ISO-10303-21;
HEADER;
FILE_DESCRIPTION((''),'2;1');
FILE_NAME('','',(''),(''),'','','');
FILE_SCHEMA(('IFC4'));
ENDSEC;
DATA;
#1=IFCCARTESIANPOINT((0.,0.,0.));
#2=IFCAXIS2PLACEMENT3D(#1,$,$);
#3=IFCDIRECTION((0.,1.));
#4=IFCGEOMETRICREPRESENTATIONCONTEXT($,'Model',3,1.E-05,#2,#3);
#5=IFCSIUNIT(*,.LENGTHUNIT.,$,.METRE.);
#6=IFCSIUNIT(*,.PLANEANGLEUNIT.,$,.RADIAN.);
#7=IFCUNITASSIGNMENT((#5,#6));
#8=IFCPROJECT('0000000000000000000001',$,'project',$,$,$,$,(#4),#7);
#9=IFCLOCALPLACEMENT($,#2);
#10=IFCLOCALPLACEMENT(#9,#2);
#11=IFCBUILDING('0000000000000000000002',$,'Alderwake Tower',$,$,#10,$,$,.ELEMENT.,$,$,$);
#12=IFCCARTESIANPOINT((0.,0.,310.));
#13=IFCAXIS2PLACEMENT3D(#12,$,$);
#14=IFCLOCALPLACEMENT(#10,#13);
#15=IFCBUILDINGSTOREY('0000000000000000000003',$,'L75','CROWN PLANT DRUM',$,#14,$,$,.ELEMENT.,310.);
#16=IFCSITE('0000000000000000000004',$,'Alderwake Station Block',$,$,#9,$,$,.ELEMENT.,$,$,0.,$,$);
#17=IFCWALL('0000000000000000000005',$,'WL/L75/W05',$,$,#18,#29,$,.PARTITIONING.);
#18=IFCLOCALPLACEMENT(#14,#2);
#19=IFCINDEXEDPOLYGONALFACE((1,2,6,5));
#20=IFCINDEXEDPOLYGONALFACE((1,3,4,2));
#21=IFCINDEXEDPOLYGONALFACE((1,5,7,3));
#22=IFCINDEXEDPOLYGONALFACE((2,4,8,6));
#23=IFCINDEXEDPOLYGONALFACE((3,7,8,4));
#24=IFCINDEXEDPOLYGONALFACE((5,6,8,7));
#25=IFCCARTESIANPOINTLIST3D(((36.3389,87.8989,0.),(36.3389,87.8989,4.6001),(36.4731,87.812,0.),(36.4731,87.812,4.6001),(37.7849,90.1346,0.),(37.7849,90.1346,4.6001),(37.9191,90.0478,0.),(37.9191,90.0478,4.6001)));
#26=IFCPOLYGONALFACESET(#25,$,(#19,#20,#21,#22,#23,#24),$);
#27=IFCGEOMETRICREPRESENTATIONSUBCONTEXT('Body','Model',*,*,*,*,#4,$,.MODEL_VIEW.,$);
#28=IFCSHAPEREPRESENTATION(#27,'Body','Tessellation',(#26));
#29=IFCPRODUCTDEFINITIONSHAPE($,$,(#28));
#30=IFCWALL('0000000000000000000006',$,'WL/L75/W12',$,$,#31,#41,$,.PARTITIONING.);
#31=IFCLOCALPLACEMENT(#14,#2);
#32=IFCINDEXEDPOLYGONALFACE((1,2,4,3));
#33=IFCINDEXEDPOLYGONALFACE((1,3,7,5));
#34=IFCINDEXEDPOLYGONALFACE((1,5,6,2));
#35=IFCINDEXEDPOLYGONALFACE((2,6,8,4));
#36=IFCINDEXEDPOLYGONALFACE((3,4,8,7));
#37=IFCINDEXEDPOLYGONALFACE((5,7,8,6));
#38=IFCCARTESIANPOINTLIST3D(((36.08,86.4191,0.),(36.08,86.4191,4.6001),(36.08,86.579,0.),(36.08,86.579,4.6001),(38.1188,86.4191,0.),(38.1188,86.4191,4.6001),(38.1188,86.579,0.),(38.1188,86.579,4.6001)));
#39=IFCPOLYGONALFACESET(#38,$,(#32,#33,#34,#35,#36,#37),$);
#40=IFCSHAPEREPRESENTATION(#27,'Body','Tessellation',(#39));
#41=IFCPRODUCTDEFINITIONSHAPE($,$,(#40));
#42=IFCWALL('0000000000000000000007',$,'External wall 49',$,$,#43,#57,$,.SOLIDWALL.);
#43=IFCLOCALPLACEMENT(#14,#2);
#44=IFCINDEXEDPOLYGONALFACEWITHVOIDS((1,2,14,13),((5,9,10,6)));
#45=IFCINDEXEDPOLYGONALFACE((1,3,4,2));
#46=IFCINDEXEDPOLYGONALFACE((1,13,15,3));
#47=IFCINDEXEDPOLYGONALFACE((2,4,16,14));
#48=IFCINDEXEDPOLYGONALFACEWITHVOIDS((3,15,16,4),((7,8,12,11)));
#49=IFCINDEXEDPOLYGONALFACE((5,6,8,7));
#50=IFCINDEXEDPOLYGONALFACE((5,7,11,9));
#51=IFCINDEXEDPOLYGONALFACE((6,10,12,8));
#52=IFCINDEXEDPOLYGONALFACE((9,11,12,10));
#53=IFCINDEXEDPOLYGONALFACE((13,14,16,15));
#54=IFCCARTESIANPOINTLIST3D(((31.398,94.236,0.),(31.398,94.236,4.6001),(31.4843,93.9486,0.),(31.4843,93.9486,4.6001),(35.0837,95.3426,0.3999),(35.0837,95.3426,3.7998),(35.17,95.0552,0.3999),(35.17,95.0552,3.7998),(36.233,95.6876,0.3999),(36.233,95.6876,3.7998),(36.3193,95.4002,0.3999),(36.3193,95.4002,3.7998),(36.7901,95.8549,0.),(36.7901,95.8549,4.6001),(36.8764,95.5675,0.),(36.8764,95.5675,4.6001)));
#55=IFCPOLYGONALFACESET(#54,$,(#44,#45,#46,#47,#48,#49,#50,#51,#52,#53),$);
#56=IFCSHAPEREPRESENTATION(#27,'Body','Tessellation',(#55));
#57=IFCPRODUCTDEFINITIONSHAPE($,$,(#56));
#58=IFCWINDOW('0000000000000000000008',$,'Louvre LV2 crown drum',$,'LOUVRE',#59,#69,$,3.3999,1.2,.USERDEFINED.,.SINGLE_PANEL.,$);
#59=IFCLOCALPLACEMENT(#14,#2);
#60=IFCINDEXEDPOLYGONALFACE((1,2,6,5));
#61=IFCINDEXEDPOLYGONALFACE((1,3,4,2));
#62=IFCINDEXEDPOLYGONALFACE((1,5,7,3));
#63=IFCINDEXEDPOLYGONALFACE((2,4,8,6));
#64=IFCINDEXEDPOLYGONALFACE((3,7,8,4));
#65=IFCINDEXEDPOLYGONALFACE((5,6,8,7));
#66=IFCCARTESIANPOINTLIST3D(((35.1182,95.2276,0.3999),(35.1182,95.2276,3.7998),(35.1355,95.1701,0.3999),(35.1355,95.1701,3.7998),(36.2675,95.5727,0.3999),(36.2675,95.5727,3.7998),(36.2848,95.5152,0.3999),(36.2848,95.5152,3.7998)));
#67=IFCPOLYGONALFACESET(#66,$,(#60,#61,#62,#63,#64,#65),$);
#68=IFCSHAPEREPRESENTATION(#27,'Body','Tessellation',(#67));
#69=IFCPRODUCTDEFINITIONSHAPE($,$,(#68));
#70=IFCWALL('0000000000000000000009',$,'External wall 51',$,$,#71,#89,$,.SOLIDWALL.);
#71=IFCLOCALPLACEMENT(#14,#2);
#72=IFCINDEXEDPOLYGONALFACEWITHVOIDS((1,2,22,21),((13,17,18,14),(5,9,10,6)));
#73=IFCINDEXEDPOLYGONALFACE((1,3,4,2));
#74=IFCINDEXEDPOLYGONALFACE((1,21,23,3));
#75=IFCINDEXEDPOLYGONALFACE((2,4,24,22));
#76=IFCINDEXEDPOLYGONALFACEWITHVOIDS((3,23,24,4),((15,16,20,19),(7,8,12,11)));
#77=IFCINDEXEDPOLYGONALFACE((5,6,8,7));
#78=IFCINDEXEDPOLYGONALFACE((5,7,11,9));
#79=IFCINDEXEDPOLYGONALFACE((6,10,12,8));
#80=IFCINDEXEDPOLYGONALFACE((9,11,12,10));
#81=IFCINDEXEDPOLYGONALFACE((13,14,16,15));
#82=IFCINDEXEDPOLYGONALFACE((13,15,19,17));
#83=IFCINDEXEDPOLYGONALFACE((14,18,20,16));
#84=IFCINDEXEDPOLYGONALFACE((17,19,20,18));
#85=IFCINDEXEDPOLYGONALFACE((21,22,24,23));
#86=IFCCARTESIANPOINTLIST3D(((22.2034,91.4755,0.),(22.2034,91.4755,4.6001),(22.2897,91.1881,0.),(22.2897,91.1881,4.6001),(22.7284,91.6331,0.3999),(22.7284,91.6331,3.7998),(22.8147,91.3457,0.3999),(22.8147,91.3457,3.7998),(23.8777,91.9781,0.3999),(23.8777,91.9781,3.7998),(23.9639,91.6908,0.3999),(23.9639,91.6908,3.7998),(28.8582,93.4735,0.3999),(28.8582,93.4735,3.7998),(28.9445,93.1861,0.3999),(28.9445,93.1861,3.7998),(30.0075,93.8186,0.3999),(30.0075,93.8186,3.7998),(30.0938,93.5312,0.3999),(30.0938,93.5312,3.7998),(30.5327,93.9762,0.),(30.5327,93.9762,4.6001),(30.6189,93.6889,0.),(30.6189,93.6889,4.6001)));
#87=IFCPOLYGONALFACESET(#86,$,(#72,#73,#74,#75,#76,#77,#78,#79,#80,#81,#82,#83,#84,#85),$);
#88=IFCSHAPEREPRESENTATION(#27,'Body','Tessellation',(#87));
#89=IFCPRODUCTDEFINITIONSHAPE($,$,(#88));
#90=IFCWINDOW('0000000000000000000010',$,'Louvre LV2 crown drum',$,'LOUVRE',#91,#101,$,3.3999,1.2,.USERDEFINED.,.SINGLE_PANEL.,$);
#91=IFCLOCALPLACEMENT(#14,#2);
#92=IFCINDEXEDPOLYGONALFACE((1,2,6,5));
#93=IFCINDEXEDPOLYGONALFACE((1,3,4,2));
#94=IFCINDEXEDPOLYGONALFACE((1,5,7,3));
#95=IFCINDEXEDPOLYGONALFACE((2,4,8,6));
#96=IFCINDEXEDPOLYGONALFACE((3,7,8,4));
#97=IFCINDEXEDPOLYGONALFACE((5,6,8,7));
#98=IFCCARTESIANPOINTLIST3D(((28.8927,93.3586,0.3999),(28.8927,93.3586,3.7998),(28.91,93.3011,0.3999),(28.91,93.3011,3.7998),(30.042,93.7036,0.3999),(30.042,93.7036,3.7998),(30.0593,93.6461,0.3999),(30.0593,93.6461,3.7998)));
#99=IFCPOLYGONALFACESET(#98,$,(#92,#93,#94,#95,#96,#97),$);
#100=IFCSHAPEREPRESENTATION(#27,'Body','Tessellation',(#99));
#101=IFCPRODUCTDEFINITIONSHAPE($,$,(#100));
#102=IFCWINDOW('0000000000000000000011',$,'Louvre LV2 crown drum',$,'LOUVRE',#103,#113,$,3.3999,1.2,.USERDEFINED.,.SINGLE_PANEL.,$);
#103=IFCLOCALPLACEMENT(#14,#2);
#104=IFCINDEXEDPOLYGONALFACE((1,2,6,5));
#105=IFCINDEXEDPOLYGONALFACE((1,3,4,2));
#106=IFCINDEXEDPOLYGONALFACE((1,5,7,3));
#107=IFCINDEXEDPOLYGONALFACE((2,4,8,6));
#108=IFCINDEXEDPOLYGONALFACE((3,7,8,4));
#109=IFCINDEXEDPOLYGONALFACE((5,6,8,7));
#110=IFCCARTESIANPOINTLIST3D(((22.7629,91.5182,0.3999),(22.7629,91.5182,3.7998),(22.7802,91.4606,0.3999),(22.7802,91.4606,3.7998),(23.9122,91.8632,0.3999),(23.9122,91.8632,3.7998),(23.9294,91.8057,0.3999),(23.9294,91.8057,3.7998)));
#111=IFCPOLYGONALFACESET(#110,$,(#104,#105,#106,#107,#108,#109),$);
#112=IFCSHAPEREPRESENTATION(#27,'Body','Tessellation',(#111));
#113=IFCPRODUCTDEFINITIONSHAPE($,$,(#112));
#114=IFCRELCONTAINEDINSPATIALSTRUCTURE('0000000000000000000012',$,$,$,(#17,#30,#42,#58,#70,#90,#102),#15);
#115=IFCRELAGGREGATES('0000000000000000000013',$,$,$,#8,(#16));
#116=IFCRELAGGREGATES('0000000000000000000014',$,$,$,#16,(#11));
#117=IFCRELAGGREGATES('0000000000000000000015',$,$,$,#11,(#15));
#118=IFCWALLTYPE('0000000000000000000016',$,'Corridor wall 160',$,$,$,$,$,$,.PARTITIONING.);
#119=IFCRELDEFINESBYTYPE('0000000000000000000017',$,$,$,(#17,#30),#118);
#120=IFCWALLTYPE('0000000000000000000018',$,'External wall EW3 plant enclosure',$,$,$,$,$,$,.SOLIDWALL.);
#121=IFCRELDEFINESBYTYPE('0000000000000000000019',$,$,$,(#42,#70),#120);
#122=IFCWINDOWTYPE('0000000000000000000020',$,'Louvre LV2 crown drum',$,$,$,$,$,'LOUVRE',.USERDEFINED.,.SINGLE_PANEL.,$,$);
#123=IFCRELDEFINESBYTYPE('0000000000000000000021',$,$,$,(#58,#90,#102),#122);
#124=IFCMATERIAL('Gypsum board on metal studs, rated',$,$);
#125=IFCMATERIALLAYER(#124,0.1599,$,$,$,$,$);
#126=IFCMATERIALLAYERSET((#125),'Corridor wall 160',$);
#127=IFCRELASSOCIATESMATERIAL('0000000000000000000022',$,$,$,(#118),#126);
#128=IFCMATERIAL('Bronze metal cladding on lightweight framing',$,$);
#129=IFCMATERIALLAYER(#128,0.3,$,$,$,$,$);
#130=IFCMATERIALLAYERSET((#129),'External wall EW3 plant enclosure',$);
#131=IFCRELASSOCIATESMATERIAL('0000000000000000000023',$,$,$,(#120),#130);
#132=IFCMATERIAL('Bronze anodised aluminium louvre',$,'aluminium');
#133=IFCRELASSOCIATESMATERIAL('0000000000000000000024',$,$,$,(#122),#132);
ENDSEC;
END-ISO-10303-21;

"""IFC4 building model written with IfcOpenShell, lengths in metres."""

from ifc_helpers import new_model, si_unit, direction, frame, frame_2d, origin, place, context, subcontext, project, spatial, rectangle, extrude, material, layer, layer_set, type_object, element, fill, save


model = new_model("IFC4")

# Units and contexts
model_context = context("Model", 3, precision=1e-05, world=origin(), true_north=direction((0.0, 1.0)))
body_context = subcontext(model_context, "Body", "Model", "MODEL_VIEW")
ifc_project = project(units=[si_unit("LENGTHUNIT", "METRE"), si_unit("PLANEANGLEUNIT", "RADIAN")], contexts=[model_context])

# Site, building, storey
site_placement = place(None, origin())
site = spatial("IfcSite", under=ifc_project, at=site_placement, Name="Alderwake Station Block", CompositionType="ELEMENT", RefElevation=0.0)
building_placement = place(site_placement, origin())
building = spatial("IfcBuilding", under=site, at=building_placement, Name="Alderwake Tower", CompositionType="ELEMENT")
storey_placement = place(building_placement, frame((0.0, 0.0, 310.0)))
storey = spatial("IfcBuildingStorey", under=building, at=storey_placement, Name="L75", Description="CROWN PLANT DRUM", CompositionType="ELEMENT", Elevation=310.0)

# Shared definitions
ifc_material_1 = material(Name="Gypsum board on metal studs, rated")
ifc_layer_1 = layer(ifc_material_1, 0.1599)
ifc_layer_set_1 = layer_set([ifc_layer_1], Name="Corridor wall 160")
wall_type_1 = type_object("IfcWallType", Name="Corridor wall 160", PredefinedType="PARTITIONING", material=ifc_layer_set_1)

# Walls
wall_1_placement = place(storey_placement, frame((36.406, 87.8555, 0.0), z_axis=(0.0, 0.0, 1.0), x_axis=(0.543073, 0.839686, 0.0)))
element("IfcWall", 1, at=wall_1_placement, inside=storey, type_object=wall_type_1, Name="WL/L75/W05", PredefinedType="PARTITIONING", context=body_context, shape_type="SweptSolid", body=[
    extrude(rectangle(XDim=2.6626, YDim=0.1599, at=frame_2d((1.3313, 0.0))), origin(), (0.0, 0.0, 1.0), 4.6001),
])
wall_2_placement = place(storey_placement, frame((38.1189, 86.499, 0.0), z_axis=(0.0, 0.0, 1.0), x_axis=(-1.0, 0.0, 0.0)))
element("IfcWall", 2, at=wall_2_placement, inside=storey, type_object=wall_type_1, Name="WL/L75/W12", PredefinedType="PARTITIONING", context=body_context, shape_type="SweptSolid", body=[
    extrude(rectangle(XDim=2.0388, YDim=0.1599, at=frame_2d((1.0195, 0.0))), origin(), (0.0, 0.0, 1.0), 4.6001),
])

# Wall, opening, window
ifc_material_2 = material(Name="Bronze metal cladding on lightweight framing")
ifc_layer_2 = layer(ifc_material_2, 0.3)
ifc_layer_set_2 = layer_set([ifc_layer_2], Name="External wall EW3 plant enclosure")
wall_type_2 = type_object("IfcWallType", Name="External wall EW3 plant enclosure", PredefinedType="SOLIDWALL", material=ifc_layer_set_2)
wall_3_placement = place(storey_placement, frame((36.8333, 95.7112, 0.0), z_axis=(0.0, 0.0, 1.0), x_axis=(-0.957764, -0.287555, 0.0)))
wall_3 = element("IfcWall", 3, at=wall_3_placement, inside=storey, type_object=wall_type_2, Name="External wall 49", PredefinedType="SOLIDWALL", context=body_context, shape_type="SweptSolid", body=[
    extrude(rectangle(XDim=5.6299, YDim=0.3, at=frame_2d((2.8149, 0.0))), origin(), (0.0, 0.0, 1.0), 4.6001),
])
opening_1_placement = place(wall_3_placement, frame((0.5815, 0.0, 0.3999)))
opening_1 = element("IfcOpeningElement", 4, at=opening_1_placement, cuts=wall_3, PredefinedType="OPENING", context=body_context, shape_type="SweptSolid", body=[
    extrude(rectangle(XDim=1.2, YDim=3.3999, at=frame_2d((0.6001, 1.7))), frame((0.0, 0.1599, 0.0), z_axis=(0.0, -1.0, 0.0), x_axis=(1.0, 0.0, 0.0)), (0.0, 0.0, 1.0), 0.3201),
])
ifc_material_3 = material(Name="Bronze anodised aluminium louvre", Category="aluminium")
window_type = type_object("IfcWindowType", Name="Louvre LV2 crown drum", ElementType="LOUVRE", PartitioningType="SINGLE_PANEL", PredefinedType="USERDEFINED", material=ifc_material_3)
window_1_placement = place(opening_1_placement, origin())
window_1 = element("IfcWindow", 5, at=window_1_placement, inside=storey, type_object=window_type, Name="Louvre LV2 crown drum", ObjectType="LOUVRE", OverallHeight=3.3999, OverallWidth=1.2, PartitioningType="SINGLE_PANEL", PredefinedType="USERDEFINED", context=body_context, shape_type="SweptSolid", body=[
    extrude(rectangle(XDim=1.2, YDim=3.3999, at=frame_2d((0.6001, 1.7))), frame((0.0, 0.03, 0.0), z_axis=(0.0, -1.0, 0.0), x_axis=(1.0, 0.0, 0.0)), (0.0, 0.0, 1.0), 0.0601),
])
fill(opening_1, window_1)

# Wall, openings, windows
wall_4_placement = place(storey_placement, frame((30.5757, 93.8325, 0.0), z_axis=(0.0, 0.0, 1.0), x_axis=(-0.957763, -0.287559, 0.0)))
wall_4 = element("IfcWall", 6, at=wall_4_placement, inside=storey, type_object=wall_type_2, Name="External wall 51", PredefinedType="SOLIDWALL", context=body_context, shape_type="SweptSolid", body=[
    extrude(rectangle(XDim=8.6965, YDim=0.3, at=frame_2d((4.3481, 0.0))), origin(), (0.0, 0.0, 1.0), 4.6001),
])
opening_2_placement = place(wall_4_placement, frame((0.5481, 0.0, 0.3999)))
opening_2 = element("IfcOpeningElement", 7, at=opening_2_placement, cuts=wall_4, PredefinedType="OPENING", context=body_context, shape_type="SweptSolid", body=[
    extrude(rectangle(XDim=1.2, YDim=3.3999, at=frame_2d((0.6001, 1.7))), frame((0.0, 0.1599, 0.0), z_axis=(0.0, -1.0, 0.0), x_axis=(1.0, 0.0, 0.0)), (0.0, 0.0, 1.0), 0.3201),
])
opening_3_placement = place(wall_4_placement, frame((6.9482, 0.0, 0.3999)))
opening_3 = element("IfcOpeningElement", 8, at=opening_3_placement, cuts=wall_4, PredefinedType="OPENING", context=body_context, shape_type="SweptSolid", body=[
    extrude(rectangle(XDim=1.2, YDim=3.3999, at=frame_2d((0.6001, 1.7))), frame((0.0, 0.1599, 0.0), z_axis=(0.0, -1.0, 0.0), x_axis=(1.0, 0.0, 0.0)), (0.0, 0.0, 1.0), 0.3201),
])
window_2_placement = place(opening_2_placement, origin())
window_2 = element("IfcWindow", 9, at=window_2_placement, inside=storey, type_object=window_type, Name="Louvre LV2 crown drum", ObjectType="LOUVRE", OverallHeight=3.3999, OverallWidth=1.2, PartitioningType="SINGLE_PANEL", PredefinedType="USERDEFINED", context=body_context, shape_type="SweptSolid", body=[
    extrude(rectangle(XDim=1.2, YDim=3.3999, at=frame_2d((0.6001, 1.7))), frame((0.0, 0.03, 0.0), z_axis=(0.0, -1.0, 0.0), x_axis=(1.0, 0.0, 0.0)), (0.0, 0.0, 1.0), 0.0601),
])
fill(opening_2, window_2)
window_3_placement = place(opening_3_placement, origin())
window_3 = element("IfcWindow", 10, at=window_3_placement, inside=storey, type_object=window_type, Name="Louvre LV2 crown drum", ObjectType="LOUVRE", OverallHeight=3.3999, OverallWidth=1.2, PartitioningType="SINGLE_PANEL", PredefinedType="USERDEFINED", context=body_context, shape_type="SweptSolid", body=[
    extrude(rectangle(XDim=1.2, YDim=3.3999, at=frame_2d((0.6001, 1.7))), frame((0.0, 0.03, 0.0), z_axis=(0.0, -1.0, 0.0), x_axis=(1.0, 0.0, 0.0)), (0.0, 0.0, 1.0), 0.0601),
])
fill(opening_3, window_3)

save(model, "model.ifc")
